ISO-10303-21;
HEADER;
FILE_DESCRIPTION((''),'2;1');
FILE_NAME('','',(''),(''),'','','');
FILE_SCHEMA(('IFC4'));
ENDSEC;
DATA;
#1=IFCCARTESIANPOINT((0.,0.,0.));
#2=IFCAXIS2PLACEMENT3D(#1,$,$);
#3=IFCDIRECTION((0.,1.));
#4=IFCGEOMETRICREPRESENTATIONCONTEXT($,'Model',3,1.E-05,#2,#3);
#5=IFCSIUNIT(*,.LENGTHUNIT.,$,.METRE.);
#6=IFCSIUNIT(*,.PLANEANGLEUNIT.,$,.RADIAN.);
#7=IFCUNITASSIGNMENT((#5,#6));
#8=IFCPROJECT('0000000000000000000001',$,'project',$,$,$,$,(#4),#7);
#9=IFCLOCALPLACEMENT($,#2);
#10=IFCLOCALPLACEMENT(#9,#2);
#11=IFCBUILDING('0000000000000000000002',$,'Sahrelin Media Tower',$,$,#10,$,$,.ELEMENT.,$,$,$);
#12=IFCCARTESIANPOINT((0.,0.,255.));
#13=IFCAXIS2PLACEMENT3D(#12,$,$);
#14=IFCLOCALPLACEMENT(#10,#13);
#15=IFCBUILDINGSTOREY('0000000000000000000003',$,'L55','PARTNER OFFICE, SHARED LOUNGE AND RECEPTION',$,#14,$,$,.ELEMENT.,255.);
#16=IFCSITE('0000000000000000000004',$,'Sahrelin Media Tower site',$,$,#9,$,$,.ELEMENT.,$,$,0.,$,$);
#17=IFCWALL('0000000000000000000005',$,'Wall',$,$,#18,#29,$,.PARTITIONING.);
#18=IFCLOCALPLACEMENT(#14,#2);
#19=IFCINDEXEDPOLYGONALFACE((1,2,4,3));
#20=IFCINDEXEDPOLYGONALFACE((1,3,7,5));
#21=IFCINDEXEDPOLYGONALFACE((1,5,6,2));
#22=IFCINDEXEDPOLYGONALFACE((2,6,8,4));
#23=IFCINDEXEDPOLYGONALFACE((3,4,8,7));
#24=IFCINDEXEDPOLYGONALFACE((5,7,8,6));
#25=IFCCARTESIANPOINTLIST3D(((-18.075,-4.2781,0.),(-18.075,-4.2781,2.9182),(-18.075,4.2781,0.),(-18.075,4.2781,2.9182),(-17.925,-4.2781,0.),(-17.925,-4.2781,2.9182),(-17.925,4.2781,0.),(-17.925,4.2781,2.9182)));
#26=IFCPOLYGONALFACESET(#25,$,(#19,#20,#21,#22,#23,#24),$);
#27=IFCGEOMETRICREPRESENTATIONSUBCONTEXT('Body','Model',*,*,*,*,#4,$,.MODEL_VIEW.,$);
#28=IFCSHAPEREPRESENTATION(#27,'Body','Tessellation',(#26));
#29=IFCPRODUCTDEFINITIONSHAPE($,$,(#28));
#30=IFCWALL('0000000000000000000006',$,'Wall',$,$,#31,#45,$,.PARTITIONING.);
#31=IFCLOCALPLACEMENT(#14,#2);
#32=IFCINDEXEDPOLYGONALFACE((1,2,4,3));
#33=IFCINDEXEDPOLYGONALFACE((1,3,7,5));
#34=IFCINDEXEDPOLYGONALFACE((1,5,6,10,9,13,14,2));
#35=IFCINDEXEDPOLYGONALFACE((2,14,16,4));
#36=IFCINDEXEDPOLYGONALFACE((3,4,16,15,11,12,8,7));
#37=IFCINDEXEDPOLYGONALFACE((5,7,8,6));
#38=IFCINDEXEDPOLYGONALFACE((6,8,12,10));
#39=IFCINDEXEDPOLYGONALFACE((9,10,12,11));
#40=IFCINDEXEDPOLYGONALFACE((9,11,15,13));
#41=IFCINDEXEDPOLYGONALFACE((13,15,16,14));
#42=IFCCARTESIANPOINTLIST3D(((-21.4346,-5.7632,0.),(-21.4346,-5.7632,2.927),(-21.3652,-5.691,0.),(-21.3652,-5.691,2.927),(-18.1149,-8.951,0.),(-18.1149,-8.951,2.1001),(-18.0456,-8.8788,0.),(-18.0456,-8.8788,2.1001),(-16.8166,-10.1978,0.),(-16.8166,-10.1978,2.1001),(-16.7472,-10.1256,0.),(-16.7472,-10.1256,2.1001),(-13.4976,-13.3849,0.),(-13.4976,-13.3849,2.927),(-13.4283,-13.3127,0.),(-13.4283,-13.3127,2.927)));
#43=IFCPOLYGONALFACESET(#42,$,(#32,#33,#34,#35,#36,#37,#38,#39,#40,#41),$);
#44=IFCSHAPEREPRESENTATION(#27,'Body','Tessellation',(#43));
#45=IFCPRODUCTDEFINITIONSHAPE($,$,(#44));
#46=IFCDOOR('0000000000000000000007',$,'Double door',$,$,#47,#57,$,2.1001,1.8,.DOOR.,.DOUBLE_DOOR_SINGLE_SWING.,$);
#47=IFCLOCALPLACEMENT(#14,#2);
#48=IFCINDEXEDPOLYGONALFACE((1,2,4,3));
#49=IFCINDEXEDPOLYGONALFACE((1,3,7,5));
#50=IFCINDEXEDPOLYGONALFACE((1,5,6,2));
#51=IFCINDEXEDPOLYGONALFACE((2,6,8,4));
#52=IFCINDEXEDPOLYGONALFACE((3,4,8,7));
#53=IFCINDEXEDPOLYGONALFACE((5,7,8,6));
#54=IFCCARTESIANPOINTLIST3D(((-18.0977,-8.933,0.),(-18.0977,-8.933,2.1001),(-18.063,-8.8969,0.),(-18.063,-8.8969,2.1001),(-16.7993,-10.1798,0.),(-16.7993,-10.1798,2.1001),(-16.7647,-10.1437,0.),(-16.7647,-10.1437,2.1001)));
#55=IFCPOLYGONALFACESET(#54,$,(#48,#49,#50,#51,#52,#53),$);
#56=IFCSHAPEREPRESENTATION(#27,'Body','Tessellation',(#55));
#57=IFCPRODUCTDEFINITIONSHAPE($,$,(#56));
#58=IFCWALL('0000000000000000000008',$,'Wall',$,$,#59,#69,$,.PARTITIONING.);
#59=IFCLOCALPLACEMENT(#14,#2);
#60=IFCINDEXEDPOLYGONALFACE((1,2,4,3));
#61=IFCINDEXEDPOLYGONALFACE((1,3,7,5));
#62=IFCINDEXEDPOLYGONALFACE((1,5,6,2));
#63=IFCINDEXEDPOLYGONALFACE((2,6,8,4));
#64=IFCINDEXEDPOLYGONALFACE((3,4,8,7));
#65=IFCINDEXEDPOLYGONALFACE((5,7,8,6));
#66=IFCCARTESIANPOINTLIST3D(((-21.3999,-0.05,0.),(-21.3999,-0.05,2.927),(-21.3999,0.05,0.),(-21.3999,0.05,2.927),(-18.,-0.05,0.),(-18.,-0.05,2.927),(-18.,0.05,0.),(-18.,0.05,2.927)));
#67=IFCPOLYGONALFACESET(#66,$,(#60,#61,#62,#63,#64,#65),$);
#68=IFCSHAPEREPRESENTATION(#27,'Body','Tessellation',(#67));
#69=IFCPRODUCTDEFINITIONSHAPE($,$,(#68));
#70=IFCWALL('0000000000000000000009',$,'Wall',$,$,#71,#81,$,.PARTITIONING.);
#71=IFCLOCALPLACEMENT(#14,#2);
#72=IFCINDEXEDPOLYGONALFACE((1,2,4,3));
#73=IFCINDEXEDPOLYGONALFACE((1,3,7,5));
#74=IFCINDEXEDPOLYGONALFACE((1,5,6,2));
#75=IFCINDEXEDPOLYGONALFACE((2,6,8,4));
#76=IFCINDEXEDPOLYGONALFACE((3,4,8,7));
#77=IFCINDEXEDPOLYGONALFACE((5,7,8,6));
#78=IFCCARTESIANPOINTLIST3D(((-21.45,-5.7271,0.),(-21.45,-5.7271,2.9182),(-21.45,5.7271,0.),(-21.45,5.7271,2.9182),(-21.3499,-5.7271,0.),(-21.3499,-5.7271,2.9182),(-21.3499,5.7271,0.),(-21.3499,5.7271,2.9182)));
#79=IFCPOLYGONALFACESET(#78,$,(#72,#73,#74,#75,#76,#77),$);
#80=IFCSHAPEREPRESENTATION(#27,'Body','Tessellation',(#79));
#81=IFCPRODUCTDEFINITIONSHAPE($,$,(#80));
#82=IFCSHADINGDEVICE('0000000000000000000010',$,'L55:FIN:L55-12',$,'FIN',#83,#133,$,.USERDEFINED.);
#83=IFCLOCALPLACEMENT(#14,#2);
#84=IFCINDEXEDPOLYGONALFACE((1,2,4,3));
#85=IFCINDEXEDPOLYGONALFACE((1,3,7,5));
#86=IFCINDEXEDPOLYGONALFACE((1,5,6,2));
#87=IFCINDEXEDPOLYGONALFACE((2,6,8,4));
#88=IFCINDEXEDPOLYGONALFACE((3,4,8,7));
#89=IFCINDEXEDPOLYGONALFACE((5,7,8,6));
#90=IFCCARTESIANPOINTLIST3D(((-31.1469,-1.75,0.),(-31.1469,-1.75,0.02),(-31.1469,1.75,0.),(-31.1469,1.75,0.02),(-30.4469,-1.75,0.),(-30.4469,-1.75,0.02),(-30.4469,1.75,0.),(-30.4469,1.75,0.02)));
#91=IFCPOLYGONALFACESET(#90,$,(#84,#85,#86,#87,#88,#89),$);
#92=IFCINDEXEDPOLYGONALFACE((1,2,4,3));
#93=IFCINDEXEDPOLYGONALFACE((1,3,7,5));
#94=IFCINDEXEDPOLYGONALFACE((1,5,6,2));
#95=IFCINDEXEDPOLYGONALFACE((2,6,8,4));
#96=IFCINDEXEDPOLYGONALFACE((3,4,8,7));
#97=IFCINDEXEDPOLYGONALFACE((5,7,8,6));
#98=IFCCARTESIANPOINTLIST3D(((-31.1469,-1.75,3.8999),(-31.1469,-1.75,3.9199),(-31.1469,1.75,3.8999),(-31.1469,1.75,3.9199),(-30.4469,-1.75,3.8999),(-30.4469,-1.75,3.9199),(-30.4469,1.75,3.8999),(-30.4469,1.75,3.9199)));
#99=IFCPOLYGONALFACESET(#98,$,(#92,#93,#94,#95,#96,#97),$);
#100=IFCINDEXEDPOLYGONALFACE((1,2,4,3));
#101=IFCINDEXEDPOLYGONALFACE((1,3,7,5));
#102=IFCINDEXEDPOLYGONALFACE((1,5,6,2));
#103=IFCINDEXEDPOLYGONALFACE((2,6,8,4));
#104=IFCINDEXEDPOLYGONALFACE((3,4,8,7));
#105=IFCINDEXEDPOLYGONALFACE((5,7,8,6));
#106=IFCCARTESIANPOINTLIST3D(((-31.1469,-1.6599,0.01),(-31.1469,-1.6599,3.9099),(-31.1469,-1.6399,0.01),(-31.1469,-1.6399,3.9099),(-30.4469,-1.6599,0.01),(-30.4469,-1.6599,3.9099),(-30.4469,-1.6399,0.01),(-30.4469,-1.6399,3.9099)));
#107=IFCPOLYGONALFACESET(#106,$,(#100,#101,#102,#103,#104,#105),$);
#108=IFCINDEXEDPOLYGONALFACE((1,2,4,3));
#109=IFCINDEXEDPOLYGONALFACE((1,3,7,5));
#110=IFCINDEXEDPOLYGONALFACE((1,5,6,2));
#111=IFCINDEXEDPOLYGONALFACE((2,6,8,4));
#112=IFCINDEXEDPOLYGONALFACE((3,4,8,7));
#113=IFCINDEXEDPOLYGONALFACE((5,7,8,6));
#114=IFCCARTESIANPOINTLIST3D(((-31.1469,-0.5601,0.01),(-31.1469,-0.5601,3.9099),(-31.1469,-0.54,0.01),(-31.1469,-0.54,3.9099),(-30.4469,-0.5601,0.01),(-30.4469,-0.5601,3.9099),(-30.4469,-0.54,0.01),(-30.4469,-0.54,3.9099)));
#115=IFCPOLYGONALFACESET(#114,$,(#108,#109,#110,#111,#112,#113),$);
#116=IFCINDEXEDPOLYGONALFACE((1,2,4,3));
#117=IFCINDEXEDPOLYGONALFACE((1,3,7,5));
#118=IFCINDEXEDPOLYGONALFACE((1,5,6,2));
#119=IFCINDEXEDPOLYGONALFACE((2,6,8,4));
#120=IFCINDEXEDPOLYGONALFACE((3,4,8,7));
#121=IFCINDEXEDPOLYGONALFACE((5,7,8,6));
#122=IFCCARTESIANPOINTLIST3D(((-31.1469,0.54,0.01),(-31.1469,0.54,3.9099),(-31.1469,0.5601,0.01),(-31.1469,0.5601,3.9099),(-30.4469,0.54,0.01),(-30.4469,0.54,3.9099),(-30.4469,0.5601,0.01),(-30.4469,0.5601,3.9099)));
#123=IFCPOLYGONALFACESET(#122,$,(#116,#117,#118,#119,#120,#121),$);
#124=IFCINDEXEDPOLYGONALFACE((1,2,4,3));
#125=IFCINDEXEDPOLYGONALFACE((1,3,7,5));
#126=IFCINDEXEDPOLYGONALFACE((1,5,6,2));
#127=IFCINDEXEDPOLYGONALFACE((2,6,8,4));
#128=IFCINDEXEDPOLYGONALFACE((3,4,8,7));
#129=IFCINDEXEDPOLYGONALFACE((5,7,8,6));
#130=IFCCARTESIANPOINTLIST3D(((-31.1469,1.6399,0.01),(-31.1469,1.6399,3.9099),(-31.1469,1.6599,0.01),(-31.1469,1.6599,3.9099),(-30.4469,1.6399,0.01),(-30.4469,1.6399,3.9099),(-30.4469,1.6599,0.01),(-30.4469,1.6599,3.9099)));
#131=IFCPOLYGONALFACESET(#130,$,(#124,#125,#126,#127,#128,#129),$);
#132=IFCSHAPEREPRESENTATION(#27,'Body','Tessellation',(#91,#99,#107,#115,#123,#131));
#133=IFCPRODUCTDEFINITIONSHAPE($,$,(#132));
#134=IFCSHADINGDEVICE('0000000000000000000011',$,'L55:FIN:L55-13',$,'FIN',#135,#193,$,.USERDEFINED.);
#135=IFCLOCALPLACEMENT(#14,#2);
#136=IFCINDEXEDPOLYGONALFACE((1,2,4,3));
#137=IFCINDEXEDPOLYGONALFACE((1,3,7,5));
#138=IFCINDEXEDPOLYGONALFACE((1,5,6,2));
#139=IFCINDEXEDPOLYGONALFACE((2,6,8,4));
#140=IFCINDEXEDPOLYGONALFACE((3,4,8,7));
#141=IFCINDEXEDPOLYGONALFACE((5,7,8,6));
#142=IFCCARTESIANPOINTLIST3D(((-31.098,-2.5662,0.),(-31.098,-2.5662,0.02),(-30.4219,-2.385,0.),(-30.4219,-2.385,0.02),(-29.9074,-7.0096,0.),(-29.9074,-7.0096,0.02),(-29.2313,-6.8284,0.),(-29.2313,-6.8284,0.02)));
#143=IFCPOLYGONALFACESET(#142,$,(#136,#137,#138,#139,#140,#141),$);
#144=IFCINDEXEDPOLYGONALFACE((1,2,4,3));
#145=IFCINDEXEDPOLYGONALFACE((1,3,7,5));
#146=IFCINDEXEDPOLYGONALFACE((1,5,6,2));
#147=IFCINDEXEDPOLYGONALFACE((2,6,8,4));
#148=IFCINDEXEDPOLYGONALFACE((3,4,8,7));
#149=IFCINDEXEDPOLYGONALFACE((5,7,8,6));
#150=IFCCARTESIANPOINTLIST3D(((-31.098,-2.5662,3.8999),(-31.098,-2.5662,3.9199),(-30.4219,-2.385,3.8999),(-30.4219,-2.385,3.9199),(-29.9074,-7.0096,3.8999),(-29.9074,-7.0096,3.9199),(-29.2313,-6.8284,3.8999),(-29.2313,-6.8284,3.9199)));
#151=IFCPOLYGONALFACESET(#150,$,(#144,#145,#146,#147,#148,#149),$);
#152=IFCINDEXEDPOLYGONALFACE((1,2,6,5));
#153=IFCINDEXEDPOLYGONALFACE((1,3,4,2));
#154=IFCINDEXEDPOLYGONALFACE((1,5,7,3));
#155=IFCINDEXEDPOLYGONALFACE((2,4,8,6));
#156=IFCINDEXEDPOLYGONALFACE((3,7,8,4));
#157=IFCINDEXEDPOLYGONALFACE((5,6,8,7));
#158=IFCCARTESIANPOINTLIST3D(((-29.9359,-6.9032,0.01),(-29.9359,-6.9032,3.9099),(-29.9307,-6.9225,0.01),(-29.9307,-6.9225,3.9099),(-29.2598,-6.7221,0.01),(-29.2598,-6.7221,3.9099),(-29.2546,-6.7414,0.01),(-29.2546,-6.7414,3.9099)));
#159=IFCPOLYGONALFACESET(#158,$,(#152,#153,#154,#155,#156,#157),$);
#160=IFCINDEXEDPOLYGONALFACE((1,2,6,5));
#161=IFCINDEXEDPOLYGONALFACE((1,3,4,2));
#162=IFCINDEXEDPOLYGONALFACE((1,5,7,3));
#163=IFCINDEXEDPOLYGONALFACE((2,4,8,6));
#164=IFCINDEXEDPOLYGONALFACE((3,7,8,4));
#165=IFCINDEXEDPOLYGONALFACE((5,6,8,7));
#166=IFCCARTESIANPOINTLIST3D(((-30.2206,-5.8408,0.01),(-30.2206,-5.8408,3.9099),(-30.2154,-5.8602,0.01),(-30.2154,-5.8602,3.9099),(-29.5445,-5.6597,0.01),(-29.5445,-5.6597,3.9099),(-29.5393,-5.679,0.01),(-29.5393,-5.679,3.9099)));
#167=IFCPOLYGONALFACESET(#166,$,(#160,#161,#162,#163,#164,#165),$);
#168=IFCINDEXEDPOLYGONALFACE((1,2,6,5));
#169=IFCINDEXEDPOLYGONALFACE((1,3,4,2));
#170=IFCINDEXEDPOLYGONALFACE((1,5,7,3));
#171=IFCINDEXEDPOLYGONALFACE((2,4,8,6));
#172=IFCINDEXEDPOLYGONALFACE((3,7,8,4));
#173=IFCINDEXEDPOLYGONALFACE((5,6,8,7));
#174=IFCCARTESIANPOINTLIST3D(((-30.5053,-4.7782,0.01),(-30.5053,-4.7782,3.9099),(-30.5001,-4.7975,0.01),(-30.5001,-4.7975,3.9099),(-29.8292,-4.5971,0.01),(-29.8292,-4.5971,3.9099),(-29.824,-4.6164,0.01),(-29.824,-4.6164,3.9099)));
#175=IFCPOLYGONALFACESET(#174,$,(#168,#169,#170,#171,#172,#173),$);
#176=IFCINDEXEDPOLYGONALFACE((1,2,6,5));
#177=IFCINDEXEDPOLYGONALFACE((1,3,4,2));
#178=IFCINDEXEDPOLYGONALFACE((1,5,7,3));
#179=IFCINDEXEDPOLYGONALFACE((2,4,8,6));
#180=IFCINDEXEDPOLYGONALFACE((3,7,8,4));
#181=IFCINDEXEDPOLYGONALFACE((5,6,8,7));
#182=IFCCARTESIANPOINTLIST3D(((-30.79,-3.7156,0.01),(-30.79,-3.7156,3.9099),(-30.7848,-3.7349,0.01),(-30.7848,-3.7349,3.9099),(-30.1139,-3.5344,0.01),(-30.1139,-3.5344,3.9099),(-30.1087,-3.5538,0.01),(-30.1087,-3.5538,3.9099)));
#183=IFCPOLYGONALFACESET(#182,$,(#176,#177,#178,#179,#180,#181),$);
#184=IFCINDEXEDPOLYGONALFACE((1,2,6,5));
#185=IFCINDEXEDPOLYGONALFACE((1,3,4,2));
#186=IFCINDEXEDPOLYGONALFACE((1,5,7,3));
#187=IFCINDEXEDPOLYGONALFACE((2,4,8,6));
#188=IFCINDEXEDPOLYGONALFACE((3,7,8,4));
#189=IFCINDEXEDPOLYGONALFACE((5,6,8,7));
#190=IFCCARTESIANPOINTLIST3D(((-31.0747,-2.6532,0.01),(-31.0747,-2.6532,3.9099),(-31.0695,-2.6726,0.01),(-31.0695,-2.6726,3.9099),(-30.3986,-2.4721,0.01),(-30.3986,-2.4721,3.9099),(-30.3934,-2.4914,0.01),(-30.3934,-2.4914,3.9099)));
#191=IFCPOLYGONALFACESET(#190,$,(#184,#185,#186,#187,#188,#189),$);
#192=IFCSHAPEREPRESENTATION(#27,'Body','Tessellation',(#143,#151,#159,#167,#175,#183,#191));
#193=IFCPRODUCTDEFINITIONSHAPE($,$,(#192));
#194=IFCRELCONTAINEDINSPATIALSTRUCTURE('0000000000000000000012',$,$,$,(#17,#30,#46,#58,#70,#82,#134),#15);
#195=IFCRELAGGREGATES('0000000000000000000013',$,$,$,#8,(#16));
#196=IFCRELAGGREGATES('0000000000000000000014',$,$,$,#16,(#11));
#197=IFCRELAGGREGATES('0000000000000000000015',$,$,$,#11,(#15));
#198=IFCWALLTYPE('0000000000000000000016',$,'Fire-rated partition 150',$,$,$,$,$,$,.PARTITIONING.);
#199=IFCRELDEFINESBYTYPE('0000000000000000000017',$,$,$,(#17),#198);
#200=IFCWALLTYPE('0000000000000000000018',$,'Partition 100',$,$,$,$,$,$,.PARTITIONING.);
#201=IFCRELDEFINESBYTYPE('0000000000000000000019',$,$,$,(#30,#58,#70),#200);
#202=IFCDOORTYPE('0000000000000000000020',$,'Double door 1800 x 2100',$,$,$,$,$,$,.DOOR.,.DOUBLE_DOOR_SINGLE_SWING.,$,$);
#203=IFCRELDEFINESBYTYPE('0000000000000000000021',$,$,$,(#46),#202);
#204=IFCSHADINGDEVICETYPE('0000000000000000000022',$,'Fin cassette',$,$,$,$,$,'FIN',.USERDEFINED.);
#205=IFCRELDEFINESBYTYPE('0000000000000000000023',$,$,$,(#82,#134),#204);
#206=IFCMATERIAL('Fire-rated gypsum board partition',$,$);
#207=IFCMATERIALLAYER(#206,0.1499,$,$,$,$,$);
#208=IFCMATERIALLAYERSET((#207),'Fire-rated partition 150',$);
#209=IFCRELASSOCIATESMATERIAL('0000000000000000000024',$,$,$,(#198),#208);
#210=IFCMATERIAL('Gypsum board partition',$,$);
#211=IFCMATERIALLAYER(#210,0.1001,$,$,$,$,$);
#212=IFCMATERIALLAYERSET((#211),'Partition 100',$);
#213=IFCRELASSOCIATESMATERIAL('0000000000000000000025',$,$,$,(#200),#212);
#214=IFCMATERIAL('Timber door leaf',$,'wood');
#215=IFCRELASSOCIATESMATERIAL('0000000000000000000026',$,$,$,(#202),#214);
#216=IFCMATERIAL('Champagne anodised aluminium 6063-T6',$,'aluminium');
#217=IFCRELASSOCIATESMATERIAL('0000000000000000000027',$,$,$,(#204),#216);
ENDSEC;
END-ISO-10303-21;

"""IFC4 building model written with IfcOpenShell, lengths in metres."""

from ifc_helpers import new_model, si_unit, direction, frame, frame_2d, origin, origin_2d, place, context, subcontext, project, spatial, rectangle, extrude, material, layer, layer_set, type_object, element, fill, save


model = new_model("IFC4")

# Units and contexts
model_context = context("Model", 3, precision=1e-05, world=origin(), true_north=direction((0.0, 1.0)))
body_context = subcontext(model_context, "Body", "Model", "MODEL_VIEW")
ifc_project = project(units=[si_unit("LENGTHUNIT", "METRE"), si_unit("PLANEANGLEUNIT", "RADIAN")], contexts=[model_context])

# Site, building, storey
site_placement = place(None, origin())
site = spatial("IfcSite", under=ifc_project, at=site_placement, Name="Sahrelin Media Tower site", CompositionType="ELEMENT", RefElevation=0.0)
building_placement = place(site_placement, origin())
building = spatial("IfcBuilding", under=site, at=building_placement, Name="Sahrelin Media Tower", CompositionType="ELEMENT")
storey_placement = place(building_placement, frame((0.0, 0.0, 255.0)))
storey = spatial("IfcBuildingStorey", under=building, at=storey_placement, Name="L55", Description="PARTNER OFFICE, SHARED LOUNGE AND RECEPTION", CompositionType="ELEMENT", Elevation=255.0)

# Shared definitions
ifc_material_1 = material(Name="Champagne anodised aluminium 6063-T6", Category="aluminium")

# Shared definitions
ifc_material_2 = material(Name="Fire-rated gypsum board partition")
ifc_layer_1 = layer(ifc_material_2, 0.1499)
ifc_layer_set_1 = layer_set([ifc_layer_1], Name="Fire-rated partition 150")
wall_type_1 = type_object("IfcWallType", Name="Fire-rated partition 150", PredefinedType="PARTITIONING", material=ifc_layer_set_1)

# Wall
wall_1_placement = place(storey_placement, frame((-18.0, -4.2781, 0.0), z_axis=(0.0, 0.0, 1.0), x_axis=(0.0, 1.0, 0.0)))
element("IfcWall", 1, at=wall_1_placement, inside=storey, type_object=wall_type_1, Name="Wall", PredefinedType="PARTITIONING", context=body_context, shape_type="SweptSolid", body=[
    extrude(rectangle(XDim=8.5562, YDim=0.1499, at=frame_2d((4.2781, 0.0))), origin(), (0.0, 0.0, 1.0), 2.9182),
])

# Wall, opening, door
ifc_material_3 = material(Name="Gypsum board partition")
ifc_layer_2 = layer(ifc_material_3, 0.1001)
ifc_layer_set_2 = layer_set([ifc_layer_2], Name="Partition 100")
wall_type_2 = type_object("IfcWallType", Name="Partition 100", PredefinedType="PARTITIONING", material=ifc_layer_set_2)
wall_2_placement = place(storey_placement, frame((-21.3999, -5.7271, 0.0), z_axis=(0.0, 0.0, 1.0), x_axis=(0.721283, -0.69264, 0.0)))
wall_2 = element("IfcWall", 2, at=wall_2_placement, inside=storey, type_object=wall_type_2, Name="Wall", PredefinedType="PARTITIONING", context=body_context, shape_type="SweptSolid", body=[
    extrude(rectangle(XDim=11.0039, YDim=0.1001, at=frame_2d((5.502, 0.0))), origin(), (0.0, 0.0, 1.0), 2.927),
])
opening_1_placement = place(wall_2_placement, frame((4.6025, 0.0, 0.0)))
opening_1 = element("IfcOpeningElement", 3, at=opening_1_placement, cuts=wall_2, PredefinedType="OPENING", context=body_context, shape_type="SweptSolid", body=[
    extrude(rectangle(XDim=1.8, YDim=2.1001, at=frame_2d((0.8999, 1.05))), frame((0.0, 0.05, 0.0), z_axis=(0.0, -1.0, 0.0), x_axis=(1.0, 0.0, 0.0)), (0.0, 0.0, 1.0), 0.1001),
])
ifc_material_4 = material(Name="Timber door leaf", Category="wood")
door_type_1 = type_object("IfcDoorType", Name="Double door 1800 x 2100", OperationType="DOUBLE_DOOR_SINGLE_SWING", PredefinedType="DOOR", material=ifc_material_4)
door_1_placement = place(opening_1_placement, origin())
door_1 = element("IfcDoor", 4, at=door_1_placement, inside=storey, type_object=door_type_1, Name="Double door", OperationType="DOUBLE_DOOR_SINGLE_SWING", OverallHeight=2.1001, OverallWidth=1.8, PredefinedType="DOOR", context=body_context, shape_type="SweptSolid", body=[
    extrude(rectangle(XDim=1.8, YDim=2.1001, at=frame_2d((0.8999, 1.05))), frame((0.0, 0.0249, 0.0), z_axis=(0.0, -1.0, 0.0), x_axis=(1.0, 0.0, 0.0)), (0.0, 0.0, 1.0), 0.05),
])
fill(opening_1, door_1)

# Walls
wall_3_placement = place(storey_placement, frame((-21.3999, 0.0, 0.0), z_axis=(0.0, 0.0, 1.0), x_axis=(1.0, 0.0, 0.0)))
element("IfcWall", 5, at=wall_3_placement, inside=storey, type_object=wall_type_2, Name="Wall", PredefinedType="PARTITIONING", context=body_context, shape_type="SweptSolid", body=[
    extrude(rectangle(XDim=3.3999, YDim=0.1001, at=frame_2d((1.7, 0.0))), origin(), (0.0, 0.0, 1.0), 2.927),
])
wall_4_placement = place(storey_placement, frame((-21.3999, -5.7271, 0.0), z_axis=(0.0, 0.0, 1.0), x_axis=(0.0, 1.0, 0.0)))
element("IfcWall", 6, at=wall_4_placement, inside=storey, type_object=wall_type_2, Name="Wall", PredefinedType="PARTITIONING", context=body_context, shape_type="SweptSolid", body=[
    extrude(rectangle(XDim=11.4541, YDim=0.1001, at=frame_2d((5.7271, 0.0))), origin(), (0.0, 0.0, 1.0), 2.9182),
])

# Shading devices
shading_device_type_1 = type_object("IfcShadingDeviceType", Name="Fin cassette", ElementType="FIN", PredefinedType="USERDEFINED", material=ifc_material_1)
placement_1 = place(storey_placement, frame((-30.377, 0.0, 0.0), z_axis=(0.0, 0.0, 1.0), x_axis=(0.0, 1.0, 0.0)))
element("IfcShadingDevice", 7, at=placement_1, inside=storey, type_object=shading_device_type_1, Name="L55:FIN:L55-12", ObjectType="FIN", PredefinedType="USERDEFINED", context=body_context, shape_type="SweptSolid", body=[
    extrude(rectangle(XDim=3.5, YDim=0.7, at=origin_2d()), frame((0.0, 0.4199, 0.0)), (0.0, 0.0, 1.0), 0.02),
    extrude(rectangle(XDim=3.5, YDim=0.7, at=origin_2d()), frame((0.0, 0.4199, 3.8999)), (0.0, 0.0, 1.0), 0.02),
    extrude(rectangle(XDim=0.02, YDim=0.7, at=origin_2d()), frame((-1.6499, 0.4199, 0.01), z_axis=(0.0, 0.0, 1.0), x_axis=(1.0, 0.0, 0.0)), (0.0, 0.0, 1.0), 3.8999),
    extrude(rectangle(XDim=0.02, YDim=0.7, at=origin_2d()), frame((-0.55, 0.4199, 0.01), z_axis=(0.0, 0.0, 1.0), x_axis=(1.0, 0.0, 0.0)), (0.0, 0.0, 1.0), 3.8999),
    extrude(rectangle(XDim=0.02, YDim=0.7, at=origin_2d()), frame((0.55, 0.4199, 0.01), z_axis=(0.0, 0.0, 1.0), x_axis=(1.0, 0.0, 0.0)), (0.0, 0.0, 1.0), 3.8999),
    extrude(rectangle(XDim=0.02, YDim=0.7, at=origin_2d()), frame((1.6499, 0.4199, 0.01), z_axis=(0.0, 0.0, 1.0), x_axis=(1.0, 0.0, 0.0)), (0.0, 0.0, 1.0), 3.8999),
])
placement_2 = place(storey_placement, frame((-29.759, -4.5886, 0.0), z_axis=(0.0, 0.0, 1.0), x_axis=(-0.258808, 0.965929, 0.0)))
element("IfcShadingDevice", 8, at=placement_2, inside=storey, type_object=shading_device_type_1, Name="L55:FIN:L55-13", ObjectType="FIN", PredefinedType="USERDEFINED", context=body_context, shape_type="SweptSolid", body=[
    extrude(rectangle(XDim=4.6001, YDim=0.7, at=origin_2d()), frame((0.0, 0.4199, 0.0)), (0.0, 0.0, 1.0), 0.02),
    extrude(rectangle(XDim=4.6001, YDim=0.7, at=origin_2d()), frame((0.0, 0.4199, 3.8999)), (0.0, 0.0, 1.0), 0.02),
    extrude(rectangle(XDim=0.02, YDim=0.7, at=origin_2d()), frame((-2.2, 0.4199, 0.01), z_axis=(0.0, 0.0, 1.0), x_axis=(1.0, 0.0, 0.0)), (0.0, 0.0, 1.0), 3.8999),
    extrude(rectangle(XDim=0.02, YDim=0.7, at=origin_2d()), frame((-1.1001, 0.4199, 0.01), z_axis=(0.0, 0.0, 1.0), x_axis=(1.0, 0.0, 0.0)), (0.0, 0.0, 1.0), 3.8999),
    extrude(rectangle(XDim=0.02, YDim=0.7, at=origin_2d()), frame((0.0, 0.4199, 0.01), z_axis=(0.0, 0.0, 1.0), x_axis=(1.0, 0.0, 0.0)), (0.0, 0.0, 1.0), 3.8999),
    extrude(rectangle(XDim=0.02, YDim=0.7, at=origin_2d()), frame((1.1001, 0.4199, 0.01), z_axis=(0.0, 0.0, 1.0), x_axis=(1.0, 0.0, 0.0)), (0.0, 0.0, 1.0), 3.8999),
    extrude(rectangle(XDim=0.02, YDim=0.7, at=origin_2d()), frame((2.2, 0.4199, 0.01), z_axis=(0.0, 0.0, 1.0), x_axis=(1.0, 0.0, 0.0)), (0.0, 0.0, 1.0), 3.8999),
])

save(model, "model.ifc")
